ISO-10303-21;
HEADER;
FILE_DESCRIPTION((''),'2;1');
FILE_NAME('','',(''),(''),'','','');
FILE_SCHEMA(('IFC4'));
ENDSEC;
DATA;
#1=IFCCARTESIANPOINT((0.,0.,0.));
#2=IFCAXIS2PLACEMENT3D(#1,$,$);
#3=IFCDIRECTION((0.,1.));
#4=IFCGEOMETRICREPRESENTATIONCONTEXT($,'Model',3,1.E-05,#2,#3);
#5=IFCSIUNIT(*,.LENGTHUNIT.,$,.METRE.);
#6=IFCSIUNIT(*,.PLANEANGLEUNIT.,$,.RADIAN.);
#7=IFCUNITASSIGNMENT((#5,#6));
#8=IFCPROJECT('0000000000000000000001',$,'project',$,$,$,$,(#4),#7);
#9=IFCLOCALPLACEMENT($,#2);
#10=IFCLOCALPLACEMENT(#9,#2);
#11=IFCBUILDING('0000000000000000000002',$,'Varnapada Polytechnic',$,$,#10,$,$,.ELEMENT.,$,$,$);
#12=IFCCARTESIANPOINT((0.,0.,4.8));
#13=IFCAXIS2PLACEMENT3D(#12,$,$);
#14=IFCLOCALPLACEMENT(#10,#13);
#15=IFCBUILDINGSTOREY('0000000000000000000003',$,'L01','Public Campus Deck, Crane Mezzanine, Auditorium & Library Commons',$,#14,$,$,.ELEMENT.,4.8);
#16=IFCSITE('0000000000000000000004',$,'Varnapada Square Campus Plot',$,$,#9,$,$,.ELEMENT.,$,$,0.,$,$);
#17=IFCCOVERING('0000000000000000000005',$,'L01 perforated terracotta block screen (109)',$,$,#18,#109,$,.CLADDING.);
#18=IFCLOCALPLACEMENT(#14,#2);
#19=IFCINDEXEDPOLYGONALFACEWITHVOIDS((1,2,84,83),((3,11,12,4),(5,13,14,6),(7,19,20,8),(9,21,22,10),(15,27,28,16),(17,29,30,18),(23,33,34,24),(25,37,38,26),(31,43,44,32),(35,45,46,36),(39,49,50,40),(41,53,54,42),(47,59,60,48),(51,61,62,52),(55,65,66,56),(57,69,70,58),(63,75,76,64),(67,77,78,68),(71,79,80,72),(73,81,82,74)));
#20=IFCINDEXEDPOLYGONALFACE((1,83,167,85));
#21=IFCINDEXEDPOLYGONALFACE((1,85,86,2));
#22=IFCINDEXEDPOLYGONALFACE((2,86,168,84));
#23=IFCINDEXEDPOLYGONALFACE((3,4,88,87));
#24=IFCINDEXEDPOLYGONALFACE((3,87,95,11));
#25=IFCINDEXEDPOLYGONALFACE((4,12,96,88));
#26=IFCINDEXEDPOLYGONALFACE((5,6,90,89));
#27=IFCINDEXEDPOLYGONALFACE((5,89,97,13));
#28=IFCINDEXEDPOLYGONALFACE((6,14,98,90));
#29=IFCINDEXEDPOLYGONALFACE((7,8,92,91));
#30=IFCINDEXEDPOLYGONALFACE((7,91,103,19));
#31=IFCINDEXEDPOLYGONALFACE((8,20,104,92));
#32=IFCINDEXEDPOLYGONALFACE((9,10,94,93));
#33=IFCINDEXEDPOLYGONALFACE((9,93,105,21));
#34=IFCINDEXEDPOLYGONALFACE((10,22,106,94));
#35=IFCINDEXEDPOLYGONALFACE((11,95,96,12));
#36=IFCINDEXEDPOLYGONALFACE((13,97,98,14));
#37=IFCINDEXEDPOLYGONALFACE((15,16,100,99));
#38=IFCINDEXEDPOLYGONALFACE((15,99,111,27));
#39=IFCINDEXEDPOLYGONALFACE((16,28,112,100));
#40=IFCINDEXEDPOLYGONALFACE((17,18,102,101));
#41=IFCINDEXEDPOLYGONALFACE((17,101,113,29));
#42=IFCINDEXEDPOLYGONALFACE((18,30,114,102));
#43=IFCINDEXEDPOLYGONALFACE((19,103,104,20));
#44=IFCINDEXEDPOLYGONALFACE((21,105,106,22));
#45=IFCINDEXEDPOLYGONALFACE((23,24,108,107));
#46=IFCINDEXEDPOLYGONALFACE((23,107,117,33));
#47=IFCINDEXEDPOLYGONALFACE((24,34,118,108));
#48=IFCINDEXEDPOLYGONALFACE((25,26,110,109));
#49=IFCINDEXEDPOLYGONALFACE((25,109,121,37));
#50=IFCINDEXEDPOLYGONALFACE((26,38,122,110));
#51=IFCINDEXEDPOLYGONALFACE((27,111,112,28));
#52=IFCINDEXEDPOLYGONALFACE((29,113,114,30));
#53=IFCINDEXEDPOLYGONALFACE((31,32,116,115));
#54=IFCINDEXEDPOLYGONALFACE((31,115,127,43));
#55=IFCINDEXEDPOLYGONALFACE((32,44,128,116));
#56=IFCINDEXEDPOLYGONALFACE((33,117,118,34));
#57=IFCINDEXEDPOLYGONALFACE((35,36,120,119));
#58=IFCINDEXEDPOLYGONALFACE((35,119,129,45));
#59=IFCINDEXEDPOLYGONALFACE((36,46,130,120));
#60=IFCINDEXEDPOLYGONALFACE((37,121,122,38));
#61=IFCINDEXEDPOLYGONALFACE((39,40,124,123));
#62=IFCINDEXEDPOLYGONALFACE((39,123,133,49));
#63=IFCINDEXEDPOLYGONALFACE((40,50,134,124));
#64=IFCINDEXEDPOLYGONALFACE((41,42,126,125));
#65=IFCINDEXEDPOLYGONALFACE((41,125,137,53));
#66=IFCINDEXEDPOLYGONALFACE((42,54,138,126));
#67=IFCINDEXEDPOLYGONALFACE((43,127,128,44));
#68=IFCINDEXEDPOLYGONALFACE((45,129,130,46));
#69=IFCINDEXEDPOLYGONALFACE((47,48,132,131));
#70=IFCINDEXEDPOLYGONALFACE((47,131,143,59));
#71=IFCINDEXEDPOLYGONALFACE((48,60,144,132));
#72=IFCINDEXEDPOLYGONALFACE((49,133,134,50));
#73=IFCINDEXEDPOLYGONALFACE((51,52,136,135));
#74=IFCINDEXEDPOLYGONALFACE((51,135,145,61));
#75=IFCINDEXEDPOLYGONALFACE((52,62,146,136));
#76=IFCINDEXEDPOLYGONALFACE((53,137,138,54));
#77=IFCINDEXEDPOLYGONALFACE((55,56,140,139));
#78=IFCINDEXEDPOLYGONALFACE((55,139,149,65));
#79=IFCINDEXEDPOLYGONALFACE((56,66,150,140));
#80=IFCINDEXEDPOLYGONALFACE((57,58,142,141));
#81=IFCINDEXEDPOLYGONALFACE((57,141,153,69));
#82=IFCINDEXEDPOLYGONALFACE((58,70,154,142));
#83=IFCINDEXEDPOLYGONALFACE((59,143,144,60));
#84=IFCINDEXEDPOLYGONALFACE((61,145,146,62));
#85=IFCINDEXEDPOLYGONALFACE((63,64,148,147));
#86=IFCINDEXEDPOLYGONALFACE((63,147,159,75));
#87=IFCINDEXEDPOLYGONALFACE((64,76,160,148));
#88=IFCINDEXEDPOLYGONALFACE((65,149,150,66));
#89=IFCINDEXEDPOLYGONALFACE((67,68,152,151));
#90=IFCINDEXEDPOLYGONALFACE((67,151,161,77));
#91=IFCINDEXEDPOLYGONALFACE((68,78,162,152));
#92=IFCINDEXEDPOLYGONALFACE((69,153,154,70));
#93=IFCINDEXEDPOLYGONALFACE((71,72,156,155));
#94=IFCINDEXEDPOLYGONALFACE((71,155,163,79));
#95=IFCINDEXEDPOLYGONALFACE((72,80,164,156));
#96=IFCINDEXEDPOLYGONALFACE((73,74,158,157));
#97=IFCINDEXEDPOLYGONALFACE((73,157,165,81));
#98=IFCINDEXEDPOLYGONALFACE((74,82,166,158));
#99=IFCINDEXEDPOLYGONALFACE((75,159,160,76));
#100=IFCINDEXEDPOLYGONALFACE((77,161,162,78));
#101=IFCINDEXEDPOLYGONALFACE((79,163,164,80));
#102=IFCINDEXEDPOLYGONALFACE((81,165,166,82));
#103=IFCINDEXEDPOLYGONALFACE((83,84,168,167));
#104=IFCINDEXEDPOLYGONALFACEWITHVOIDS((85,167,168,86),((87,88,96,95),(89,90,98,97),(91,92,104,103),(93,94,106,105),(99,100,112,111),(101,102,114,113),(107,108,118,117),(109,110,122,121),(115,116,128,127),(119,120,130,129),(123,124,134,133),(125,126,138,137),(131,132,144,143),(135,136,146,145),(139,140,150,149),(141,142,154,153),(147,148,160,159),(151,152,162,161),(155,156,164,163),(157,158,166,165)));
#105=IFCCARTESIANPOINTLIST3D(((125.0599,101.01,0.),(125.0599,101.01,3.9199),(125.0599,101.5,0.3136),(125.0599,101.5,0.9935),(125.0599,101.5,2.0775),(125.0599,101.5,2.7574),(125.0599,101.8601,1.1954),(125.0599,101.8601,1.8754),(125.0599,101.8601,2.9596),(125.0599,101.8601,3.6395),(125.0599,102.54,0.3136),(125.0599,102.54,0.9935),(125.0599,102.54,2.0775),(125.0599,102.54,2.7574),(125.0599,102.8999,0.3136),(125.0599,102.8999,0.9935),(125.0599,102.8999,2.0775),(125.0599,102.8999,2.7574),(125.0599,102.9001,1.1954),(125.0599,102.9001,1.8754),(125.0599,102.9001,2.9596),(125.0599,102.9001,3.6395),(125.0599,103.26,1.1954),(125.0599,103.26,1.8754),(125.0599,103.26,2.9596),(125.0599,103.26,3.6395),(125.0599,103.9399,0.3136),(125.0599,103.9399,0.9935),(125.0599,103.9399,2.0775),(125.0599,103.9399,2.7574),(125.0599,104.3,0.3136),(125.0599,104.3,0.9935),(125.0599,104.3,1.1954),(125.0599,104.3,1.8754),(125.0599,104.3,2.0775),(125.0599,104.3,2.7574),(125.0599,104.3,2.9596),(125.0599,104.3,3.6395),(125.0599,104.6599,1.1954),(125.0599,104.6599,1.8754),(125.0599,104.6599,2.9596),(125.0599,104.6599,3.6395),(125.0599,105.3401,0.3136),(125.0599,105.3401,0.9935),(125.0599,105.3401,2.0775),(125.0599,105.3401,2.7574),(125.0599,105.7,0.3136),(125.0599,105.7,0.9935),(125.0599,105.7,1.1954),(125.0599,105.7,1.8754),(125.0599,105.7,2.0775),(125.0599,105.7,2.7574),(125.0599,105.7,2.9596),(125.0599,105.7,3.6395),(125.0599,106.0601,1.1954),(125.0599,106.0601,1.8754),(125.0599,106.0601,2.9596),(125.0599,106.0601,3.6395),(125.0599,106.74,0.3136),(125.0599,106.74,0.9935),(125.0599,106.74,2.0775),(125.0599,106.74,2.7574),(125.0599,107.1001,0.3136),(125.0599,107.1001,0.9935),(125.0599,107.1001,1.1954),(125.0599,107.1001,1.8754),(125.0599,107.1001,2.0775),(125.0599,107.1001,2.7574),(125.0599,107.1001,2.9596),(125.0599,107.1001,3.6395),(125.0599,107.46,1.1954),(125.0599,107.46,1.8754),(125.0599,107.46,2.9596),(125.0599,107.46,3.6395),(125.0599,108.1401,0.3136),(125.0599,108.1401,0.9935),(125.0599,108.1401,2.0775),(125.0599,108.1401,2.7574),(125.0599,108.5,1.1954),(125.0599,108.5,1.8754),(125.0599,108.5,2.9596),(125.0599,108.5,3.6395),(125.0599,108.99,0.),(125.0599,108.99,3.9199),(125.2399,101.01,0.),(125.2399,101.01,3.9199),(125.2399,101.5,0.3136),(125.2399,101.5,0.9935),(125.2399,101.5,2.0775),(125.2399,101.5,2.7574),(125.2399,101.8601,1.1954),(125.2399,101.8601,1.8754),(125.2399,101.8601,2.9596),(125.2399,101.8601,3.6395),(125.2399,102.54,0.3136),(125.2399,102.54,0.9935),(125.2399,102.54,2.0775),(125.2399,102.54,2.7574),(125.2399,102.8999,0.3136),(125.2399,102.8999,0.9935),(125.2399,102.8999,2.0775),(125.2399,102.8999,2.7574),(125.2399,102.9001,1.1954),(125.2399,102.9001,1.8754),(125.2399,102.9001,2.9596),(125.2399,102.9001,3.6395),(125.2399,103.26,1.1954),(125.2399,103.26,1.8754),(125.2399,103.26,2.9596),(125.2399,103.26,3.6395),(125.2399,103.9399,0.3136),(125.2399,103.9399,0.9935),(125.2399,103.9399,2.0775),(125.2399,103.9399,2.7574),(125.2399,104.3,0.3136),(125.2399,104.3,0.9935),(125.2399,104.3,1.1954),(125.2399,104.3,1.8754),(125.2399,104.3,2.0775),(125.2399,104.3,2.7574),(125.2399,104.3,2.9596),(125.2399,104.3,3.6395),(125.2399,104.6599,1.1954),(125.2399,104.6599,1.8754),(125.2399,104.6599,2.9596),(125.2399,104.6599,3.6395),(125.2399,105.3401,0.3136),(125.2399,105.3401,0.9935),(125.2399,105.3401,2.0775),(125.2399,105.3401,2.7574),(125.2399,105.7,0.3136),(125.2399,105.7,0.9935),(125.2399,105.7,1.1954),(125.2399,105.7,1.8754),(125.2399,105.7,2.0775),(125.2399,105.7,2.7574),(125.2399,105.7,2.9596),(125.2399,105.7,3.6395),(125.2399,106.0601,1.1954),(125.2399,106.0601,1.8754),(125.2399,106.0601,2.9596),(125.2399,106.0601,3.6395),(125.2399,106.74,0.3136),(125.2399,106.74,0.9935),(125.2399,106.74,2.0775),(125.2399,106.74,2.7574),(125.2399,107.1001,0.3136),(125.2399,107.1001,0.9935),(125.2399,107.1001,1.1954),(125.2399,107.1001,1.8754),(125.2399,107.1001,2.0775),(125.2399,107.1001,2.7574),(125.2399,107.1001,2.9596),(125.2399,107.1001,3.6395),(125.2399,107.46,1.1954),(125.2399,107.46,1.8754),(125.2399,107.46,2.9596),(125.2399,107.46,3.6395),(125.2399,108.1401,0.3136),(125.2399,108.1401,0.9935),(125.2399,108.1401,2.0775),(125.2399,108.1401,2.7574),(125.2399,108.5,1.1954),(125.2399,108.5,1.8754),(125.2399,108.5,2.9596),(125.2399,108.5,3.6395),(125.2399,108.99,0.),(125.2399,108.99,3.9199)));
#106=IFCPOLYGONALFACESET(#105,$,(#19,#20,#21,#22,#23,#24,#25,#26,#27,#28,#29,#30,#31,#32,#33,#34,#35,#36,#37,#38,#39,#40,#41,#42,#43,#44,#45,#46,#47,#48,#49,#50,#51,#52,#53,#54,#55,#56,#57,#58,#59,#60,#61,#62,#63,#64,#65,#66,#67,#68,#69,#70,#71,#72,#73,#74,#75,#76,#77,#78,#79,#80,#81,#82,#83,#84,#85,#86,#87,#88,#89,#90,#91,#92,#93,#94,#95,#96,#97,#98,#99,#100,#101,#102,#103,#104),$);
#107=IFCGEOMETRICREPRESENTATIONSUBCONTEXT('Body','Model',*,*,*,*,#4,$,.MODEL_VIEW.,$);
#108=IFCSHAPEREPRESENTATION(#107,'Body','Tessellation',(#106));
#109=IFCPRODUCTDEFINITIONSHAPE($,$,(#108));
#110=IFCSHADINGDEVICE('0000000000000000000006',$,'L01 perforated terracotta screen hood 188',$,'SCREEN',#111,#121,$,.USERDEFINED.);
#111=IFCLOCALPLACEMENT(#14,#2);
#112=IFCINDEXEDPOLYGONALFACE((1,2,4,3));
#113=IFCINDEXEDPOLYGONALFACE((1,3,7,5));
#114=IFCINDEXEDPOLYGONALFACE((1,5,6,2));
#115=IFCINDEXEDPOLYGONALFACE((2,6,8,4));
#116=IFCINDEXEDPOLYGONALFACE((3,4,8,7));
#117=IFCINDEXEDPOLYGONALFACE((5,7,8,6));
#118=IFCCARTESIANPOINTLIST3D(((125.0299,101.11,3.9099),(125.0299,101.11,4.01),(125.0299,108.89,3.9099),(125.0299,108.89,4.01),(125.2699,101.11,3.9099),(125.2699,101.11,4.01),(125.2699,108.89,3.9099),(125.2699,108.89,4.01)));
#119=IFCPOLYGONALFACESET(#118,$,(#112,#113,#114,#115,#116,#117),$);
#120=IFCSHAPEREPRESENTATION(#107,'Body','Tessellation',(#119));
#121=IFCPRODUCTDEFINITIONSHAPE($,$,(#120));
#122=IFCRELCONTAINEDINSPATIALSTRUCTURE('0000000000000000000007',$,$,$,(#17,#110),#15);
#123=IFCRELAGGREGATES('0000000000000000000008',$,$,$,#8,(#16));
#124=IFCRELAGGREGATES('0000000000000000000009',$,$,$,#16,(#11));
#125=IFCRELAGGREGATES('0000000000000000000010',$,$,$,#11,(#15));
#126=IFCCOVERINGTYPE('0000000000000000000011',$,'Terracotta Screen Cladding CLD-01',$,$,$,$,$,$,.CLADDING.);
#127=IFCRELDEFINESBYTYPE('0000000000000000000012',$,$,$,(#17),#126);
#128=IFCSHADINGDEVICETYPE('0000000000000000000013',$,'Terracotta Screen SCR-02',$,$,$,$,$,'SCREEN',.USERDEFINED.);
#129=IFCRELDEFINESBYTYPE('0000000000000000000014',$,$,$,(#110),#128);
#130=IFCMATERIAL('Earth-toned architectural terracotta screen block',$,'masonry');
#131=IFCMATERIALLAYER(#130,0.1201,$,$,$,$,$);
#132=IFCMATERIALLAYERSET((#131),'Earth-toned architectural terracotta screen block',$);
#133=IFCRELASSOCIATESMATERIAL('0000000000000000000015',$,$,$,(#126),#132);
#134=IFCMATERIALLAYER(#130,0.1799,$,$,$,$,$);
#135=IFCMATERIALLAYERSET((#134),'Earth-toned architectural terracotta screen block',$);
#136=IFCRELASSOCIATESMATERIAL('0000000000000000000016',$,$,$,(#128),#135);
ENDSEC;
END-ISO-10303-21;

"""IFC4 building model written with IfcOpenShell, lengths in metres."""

from ifc_helpers import new_model, si_unit, direction, frame, frame_2d, origin, origin_2d, place, context, subcontext, project, spatial, rectangle, extrude, material, layer, layer_set, type_object, element, save


model = new_model("IFC4")

# Units and contexts
model_context = context("Model", 3, precision=1e-05, world=origin(), true_north=direction((0.0, 1.0)))
body_context = subcontext(model_context, "Body", "Model", "MODEL_VIEW")
ifc_project = project(units=[si_unit("LENGTHUNIT", "METRE"), si_unit("PLANEANGLEUNIT", "RADIAN")], contexts=[model_context])

# Site, building, storey
site_placement = place(None, origin())
site = spatial("IfcSite", under=ifc_project, at=site_placement, Name="Varnapada Square Campus Plot", CompositionType="ELEMENT", RefElevation=0.0)
building_placement = place(site_placement, origin())
building = spatial("IfcBuilding", under=site, at=building_placement, Name="Varnapada Polytechnic", CompositionType="ELEMENT")
storey_placement = place(building_placement, frame((0.0, 0.0, 4.8)))
storey = spatial("IfcBuildingStorey", under=building, at=storey_placement, Name="L01", Description="Public Campus Deck, Crane Mezzanine, Auditorium & Library Commons", CompositionType="ELEMENT", Elevation=4.8)

# Covering, openings
ifc_material_1 = material(Name="Earth-toned architectural terracotta screen block", Category="masonry")
ifc_layer_1 = layer(ifc_material_1, 0.1201)
ifc_layer_set_1 = layer_set([ifc_layer_1], Name="Earth-toned architectural terracotta screen block")
covering_type = type_object("IfcCoveringType", Name="Terracotta Screen Cladding CLD-01", PredefinedType="CLADDING", material=ifc_layer_set_1)
covering_placement = place(storey_placement, frame((125.1499, 101.01, 0.0), z_axis=(0.0, 0.0, 1.0), x_axis=(0.0, 1.0, 0.0)))
covering = element("IfcCovering", 1, at=covering_placement, inside=storey, type_object=covering_type, Name="L01 perforated terracotta block screen (109)", PredefinedType="CLADDING", context=body_context, shape_type="SweptSolid", body=[
    extrude(rectangle(XDim=7.98, YDim=0.1799, at=frame_2d((3.99, 0.0))), origin(), (0.0, 0.0, 1.0), 3.9199),
])
opening_1_placement = place(covering_placement, frame((0.49, 0.0, 0.3137)))
element("IfcOpeningElement", 2, at=opening_1_placement, cuts=covering, PredefinedType="OPENING", context=body_context, shape_type="SweptSolid", body=[
    extrude(rectangle(XDim=1.04, YDim=0.6799, at=frame_2d((0.52, 0.3398))), frame((0.0, 0.0999, 0.0), z_axis=(0.0, -1.0, 0.0), x_axis=(1.0, 0.0, 0.0)), (0.0, 0.0, 1.0), 0.2),
])
opening_2_placement = place(covering_placement, frame((1.8899, 0.0, 0.3137)))
element("IfcOpeningElement", 3, at=opening_2_placement, cuts=covering, PredefinedType="OPENING", context=body_context, shape_type="SweptSolid", body=[
    extrude(rectangle(XDim=1.04, YDim=0.6799, at=frame_2d((0.52, 0.3398))), frame((0.0, 0.0999, 0.0), z_axis=(0.0, -1.0, 0.0), x_axis=(1.0, 0.0, 0.0)), (0.0, 0.0, 1.0), 0.2),
])
opening_3_placement = place(covering_placement, frame((3.29, 0.0, 0.3137)))
element("IfcOpeningElement", 4, at=opening_3_placement, cuts=covering, PredefinedType="OPENING", context=body_context, shape_type="SweptSolid", body=[
    extrude(rectangle(XDim=1.04, YDim=0.6799, at=frame_2d((0.52, 0.3398))), frame((0.0, 0.0999, 0.0), z_axis=(0.0, -1.0, 0.0), x_axis=(1.0, 0.0, 0.0)), (0.0, 0.0, 1.0), 0.2),
])
opening_4_placement = place(covering_placement, frame((4.6899, 0.0, 0.3137)))
element("IfcOpeningElement", 5, at=opening_4_placement, cuts=covering, PredefinedType="OPENING", context=body_context, shape_type="SweptSolid", body=[
    extrude(rectangle(XDim=1.04, YDim=0.6799, at=frame_2d((0.52, 0.3398))), frame((0.0, 0.0999, 0.0), z_axis=(0.0, -1.0, 0.0), x_axis=(1.0, 0.0, 0.0)), (0.0, 0.0, 1.0), 0.2),
])
opening_5_placement = place(covering_placement, frame((6.0901, 0.0, 0.3137)))
element("IfcOpeningElement", 6, at=opening_5_placement, cuts=covering, PredefinedType="OPENING", context=body_context, shape_type="SweptSolid", body=[
    extrude(rectangle(XDim=1.04, YDim=0.6799, at=frame_2d((0.52, 0.3398))), frame((0.0, 0.0999, 0.0), z_axis=(0.0, -1.0, 0.0), x_axis=(1.0, 0.0, 0.0)), (0.0, 0.0, 1.0), 0.2),
])
opening_6_placement = place(covering_placement, frame((0.8501, 0.0, 1.1956)))
element("IfcOpeningElement", 7, at=opening_6_placement, cuts=covering, PredefinedType="OPENING", context=body_context, shape_type="SweptSolid", body=[
    extrude(rectangle(XDim=1.04, YDim=0.6799, at=frame_2d((0.52, 0.3398))), frame((0.0, 0.0999, 0.0), z_axis=(0.0, -1.0, 0.0), x_axis=(1.0, 0.0, 0.0)), (0.0, 0.0, 1.0), 0.2),
])
opening_7_placement = place(covering_placement, frame((2.25, 0.0, 1.1956)))
element("IfcOpeningElement", 8, at=opening_7_placement, cuts=covering, PredefinedType="OPENING", context=body_context, shape_type="SweptSolid", body=[
    extrude(rectangle(XDim=1.04, YDim=0.6799, at=frame_2d((0.52, 0.3398))), frame((0.0, 0.0999, 0.0), z_axis=(0.0, -1.0, 0.0), x_axis=(1.0, 0.0, 0.0)), (0.0, 0.0, 1.0), 0.2),
])
opening_8_placement = place(covering_placement, frame((3.6499, 0.0, 1.1956)))
element("IfcOpeningElement", 9, at=opening_8_placement, cuts=covering, PredefinedType="OPENING", context=body_context, shape_type="SweptSolid", body=[
    extrude(rectangle(XDim=1.04, YDim=0.6799, at=frame_2d((0.52, 0.3398))), frame((0.0, 0.0999, 0.0), z_axis=(0.0, -1.0, 0.0), x_axis=(1.0, 0.0, 0.0)), (0.0, 0.0, 1.0), 0.2),
])
opening_9_placement = place(covering_placement, frame((5.05, 0.0, 1.1956)))
element("IfcOpeningElement", 10, at=opening_9_placement, cuts=covering, PredefinedType="OPENING", context=body_context, shape_type="SweptSolid", body=[
    extrude(rectangle(XDim=1.04, YDim=0.6799, at=frame_2d((0.52, 0.3398))), frame((0.0, 0.0999, 0.0), z_axis=(0.0, -1.0, 0.0), x_axis=(1.0, 0.0, 0.0)), (0.0, 0.0, 1.0), 0.2),
])
opening_10_placement = place(covering_placement, frame((6.45, 0.0, 1.1956)))
element("IfcOpeningElement", 11, at=opening_10_placement, cuts=covering, PredefinedType="OPENING", context=body_context, shape_type="SweptSolid", body=[
    extrude(rectangle(XDim=1.04, YDim=0.6799, at=frame_2d((0.52, 0.3398))), frame((0.0, 0.0999, 0.0), z_axis=(0.0, -1.0, 0.0), x_axis=(1.0, 0.0, 0.0)), (0.0, 0.0, 1.0), 0.2),
])
opening_11_placement = place(covering_placement, frame((0.49, 0.0, 2.0776)))
element("IfcOpeningElement", 12, at=opening_11_placement, cuts=covering, PredefinedType="OPENING", context=body_context, shape_type="SweptSolid", body=[
    extrude(rectangle(XDim=1.04, YDim=0.6799, at=frame_2d((0.52, 0.3398))), frame((0.0, 0.0999, 0.0), z_axis=(0.0, -1.0, 0.0), x_axis=(1.0, 0.0, 0.0)), (0.0, 0.0, 1.0), 0.2),
])
opening_12_placement = place(covering_placement, frame((1.8899, 0.0, 2.0776)))
element("IfcOpeningElement", 13, at=opening_12_placement, cuts=covering, PredefinedType="OPENING", context=body_context, shape_type="SweptSolid", body=[
    extrude(rectangle(XDim=1.04, YDim=0.6799, at=frame_2d((0.52, 0.3398))), frame((0.0, 0.0999, 0.0), z_axis=(0.0, -1.0, 0.0), x_axis=(1.0, 0.0, 0.0)), (0.0, 0.0, 1.0), 0.2),
])
opening_13_placement = place(covering_placement, frame((3.29, 0.0, 2.0776)))
element("IfcOpeningElement", 14, at=opening_13_placement, cuts=covering, PredefinedType="OPENING", context=body_context, shape_type="SweptSolid", body=[
    extrude(rectangle(XDim=1.04, YDim=0.6799, at=frame_2d((0.52, 0.3398))), frame((0.0, 0.0999, 0.0), z_axis=(0.0, -1.0, 0.0), x_axis=(1.0, 0.0, 0.0)), (0.0, 0.0, 1.0), 0.2),
])
opening_14_placement = place(covering_placement, frame((4.6899, 0.0, 2.0776)))
element("IfcOpeningElement", 15, at=opening_14_placement, cuts=covering, PredefinedType="OPENING", context=body_context, shape_type="SweptSolid", body=[
    extrude(rectangle(XDim=1.04, YDim=0.6799, at=frame_2d((0.52, 0.3398))), frame((0.0, 0.0999, 0.0), z_axis=(0.0, -1.0, 0.0), x_axis=(1.0, 0.0, 0.0)), (0.0, 0.0, 1.0), 0.2),
])
opening_15_placement = place(covering_placement, frame((6.0901, 0.0, 2.0776)))
element("IfcOpeningElement", 16, at=opening_15_placement, cuts=covering, PredefinedType="OPENING", context=body_context, shape_type="SweptSolid", body=[
    extrude(rectangle(XDim=1.04, YDim=0.6799, at=frame_2d((0.52, 0.3398))), frame((0.0, 0.0999, 0.0), z_axis=(0.0, -1.0, 0.0), x_axis=(1.0, 0.0, 0.0)), (0.0, 0.0, 1.0), 0.2),
])
opening_16_placement = place(covering_placement, frame((0.8501, 0.0, 2.9597)))
element("IfcOpeningElement", 17, at=opening_16_placement, cuts=covering, PredefinedType="OPENING", context=body_context, shape_type="SweptSolid", body=[
    extrude(rectangle(XDim=1.04, YDim=0.6799, at=frame_2d((0.52, 0.3398))), frame((0.0, 0.0999, 0.0), z_axis=(0.0, -1.0, 0.0), x_axis=(1.0, 0.0, 0.0)), (0.0, 0.0, 1.0), 0.2),
])
opening_17_placement = place(covering_placement, frame((2.25, 0.0, 2.9597)))
element("IfcOpeningElement", 18, at=opening_17_placement, cuts=covering, PredefinedType="OPENING", context=body_context, shape_type="SweptSolid", body=[
    extrude(rectangle(XDim=1.04, YDim=0.6799, at=frame_2d((0.52, 0.3398))), frame((0.0, 0.0999, 0.0), z_axis=(0.0, -1.0, 0.0), x_axis=(1.0, 0.0, 0.0)), (0.0, 0.0, 1.0), 0.2),
])
opening_18_placement = place(covering_placement, frame((3.6499, 0.0, 2.9597)))
element("IfcOpeningElement", 19, at=opening_18_placement, cuts=covering, PredefinedType="OPENING", context=body_context, shape_type="SweptSolid", body=[
    extrude(rectangle(XDim=1.04, YDim=0.6799, at=frame_2d((0.52, 0.3398))), frame((0.0, 0.0999, 0.0), z_axis=(0.0, -1.0, 0.0), x_axis=(1.0, 0.0, 0.0)), (0.0, 0.0, 1.0), 0.2),
])
opening_19_placement = place(covering_placement, frame((5.05, 0.0, 2.9597)))
element("IfcOpeningElement", 20, at=opening_19_placement, cuts=covering, PredefinedType="OPENING", context=body_context, shape_type="SweptSolid", body=[
    extrude(rectangle(XDim=1.04, YDim=0.6799, at=frame_2d((0.52, 0.3398))), frame((0.0, 0.0999, 0.0), z_axis=(0.0, -1.0, 0.0), x_axis=(1.0, 0.0, 0.0)), (0.0, 0.0, 1.0), 0.2),
])
opening_20_placement = place(covering_placement, frame((6.45, 0.0, 2.9597)))
element("IfcOpeningElement", 21, at=opening_20_placement, cuts=covering, PredefinedType="OPENING", context=body_context, shape_type="SweptSolid", body=[
    extrude(rectangle(XDim=1.04, YDim=0.6799, at=frame_2d((0.52, 0.3398))), frame((0.0, 0.0999, 0.0), z_axis=(0.0, -1.0, 0.0), x_axis=(1.0, 0.0, 0.0)), (0.0, 0.0, 1.0), 0.2),
])

# Shading device
ifc_layer_2 = layer(ifc_material_1, 0.1799)
ifc_layer_set_2 = layer_set([ifc_layer_2], Name="Earth-toned architectural terracotta screen block")
shading_device_type = type_object("IfcShadingDeviceType", Name="Terracotta Screen SCR-02", ElementType="SCREEN", PredefinedType="USERDEFINED", material=ifc_layer_set_2)
shading_device_placement = place(storey_placement, frame((125.1499, 105.0, 3.9099), z_axis=(0.0, 0.0, 1.0), x_axis=(0.0, 1.0, 0.0)))
element("IfcShadingDevice", 22, at=shading_device_placement, inside=storey, type_object=shading_device_type, Name="L01 perforated terracotta screen hood 188", ObjectType="SCREEN", PredefinedType="USERDEFINED", context=body_context, shape_type="SweptSolid", body=[
    extrude(rectangle(XDim=7.78, YDim=0.24, at=origin_2d()), origin(), (0.0, 0.0, 1.0), 0.1001),
])

save(model, "model.ifc")
